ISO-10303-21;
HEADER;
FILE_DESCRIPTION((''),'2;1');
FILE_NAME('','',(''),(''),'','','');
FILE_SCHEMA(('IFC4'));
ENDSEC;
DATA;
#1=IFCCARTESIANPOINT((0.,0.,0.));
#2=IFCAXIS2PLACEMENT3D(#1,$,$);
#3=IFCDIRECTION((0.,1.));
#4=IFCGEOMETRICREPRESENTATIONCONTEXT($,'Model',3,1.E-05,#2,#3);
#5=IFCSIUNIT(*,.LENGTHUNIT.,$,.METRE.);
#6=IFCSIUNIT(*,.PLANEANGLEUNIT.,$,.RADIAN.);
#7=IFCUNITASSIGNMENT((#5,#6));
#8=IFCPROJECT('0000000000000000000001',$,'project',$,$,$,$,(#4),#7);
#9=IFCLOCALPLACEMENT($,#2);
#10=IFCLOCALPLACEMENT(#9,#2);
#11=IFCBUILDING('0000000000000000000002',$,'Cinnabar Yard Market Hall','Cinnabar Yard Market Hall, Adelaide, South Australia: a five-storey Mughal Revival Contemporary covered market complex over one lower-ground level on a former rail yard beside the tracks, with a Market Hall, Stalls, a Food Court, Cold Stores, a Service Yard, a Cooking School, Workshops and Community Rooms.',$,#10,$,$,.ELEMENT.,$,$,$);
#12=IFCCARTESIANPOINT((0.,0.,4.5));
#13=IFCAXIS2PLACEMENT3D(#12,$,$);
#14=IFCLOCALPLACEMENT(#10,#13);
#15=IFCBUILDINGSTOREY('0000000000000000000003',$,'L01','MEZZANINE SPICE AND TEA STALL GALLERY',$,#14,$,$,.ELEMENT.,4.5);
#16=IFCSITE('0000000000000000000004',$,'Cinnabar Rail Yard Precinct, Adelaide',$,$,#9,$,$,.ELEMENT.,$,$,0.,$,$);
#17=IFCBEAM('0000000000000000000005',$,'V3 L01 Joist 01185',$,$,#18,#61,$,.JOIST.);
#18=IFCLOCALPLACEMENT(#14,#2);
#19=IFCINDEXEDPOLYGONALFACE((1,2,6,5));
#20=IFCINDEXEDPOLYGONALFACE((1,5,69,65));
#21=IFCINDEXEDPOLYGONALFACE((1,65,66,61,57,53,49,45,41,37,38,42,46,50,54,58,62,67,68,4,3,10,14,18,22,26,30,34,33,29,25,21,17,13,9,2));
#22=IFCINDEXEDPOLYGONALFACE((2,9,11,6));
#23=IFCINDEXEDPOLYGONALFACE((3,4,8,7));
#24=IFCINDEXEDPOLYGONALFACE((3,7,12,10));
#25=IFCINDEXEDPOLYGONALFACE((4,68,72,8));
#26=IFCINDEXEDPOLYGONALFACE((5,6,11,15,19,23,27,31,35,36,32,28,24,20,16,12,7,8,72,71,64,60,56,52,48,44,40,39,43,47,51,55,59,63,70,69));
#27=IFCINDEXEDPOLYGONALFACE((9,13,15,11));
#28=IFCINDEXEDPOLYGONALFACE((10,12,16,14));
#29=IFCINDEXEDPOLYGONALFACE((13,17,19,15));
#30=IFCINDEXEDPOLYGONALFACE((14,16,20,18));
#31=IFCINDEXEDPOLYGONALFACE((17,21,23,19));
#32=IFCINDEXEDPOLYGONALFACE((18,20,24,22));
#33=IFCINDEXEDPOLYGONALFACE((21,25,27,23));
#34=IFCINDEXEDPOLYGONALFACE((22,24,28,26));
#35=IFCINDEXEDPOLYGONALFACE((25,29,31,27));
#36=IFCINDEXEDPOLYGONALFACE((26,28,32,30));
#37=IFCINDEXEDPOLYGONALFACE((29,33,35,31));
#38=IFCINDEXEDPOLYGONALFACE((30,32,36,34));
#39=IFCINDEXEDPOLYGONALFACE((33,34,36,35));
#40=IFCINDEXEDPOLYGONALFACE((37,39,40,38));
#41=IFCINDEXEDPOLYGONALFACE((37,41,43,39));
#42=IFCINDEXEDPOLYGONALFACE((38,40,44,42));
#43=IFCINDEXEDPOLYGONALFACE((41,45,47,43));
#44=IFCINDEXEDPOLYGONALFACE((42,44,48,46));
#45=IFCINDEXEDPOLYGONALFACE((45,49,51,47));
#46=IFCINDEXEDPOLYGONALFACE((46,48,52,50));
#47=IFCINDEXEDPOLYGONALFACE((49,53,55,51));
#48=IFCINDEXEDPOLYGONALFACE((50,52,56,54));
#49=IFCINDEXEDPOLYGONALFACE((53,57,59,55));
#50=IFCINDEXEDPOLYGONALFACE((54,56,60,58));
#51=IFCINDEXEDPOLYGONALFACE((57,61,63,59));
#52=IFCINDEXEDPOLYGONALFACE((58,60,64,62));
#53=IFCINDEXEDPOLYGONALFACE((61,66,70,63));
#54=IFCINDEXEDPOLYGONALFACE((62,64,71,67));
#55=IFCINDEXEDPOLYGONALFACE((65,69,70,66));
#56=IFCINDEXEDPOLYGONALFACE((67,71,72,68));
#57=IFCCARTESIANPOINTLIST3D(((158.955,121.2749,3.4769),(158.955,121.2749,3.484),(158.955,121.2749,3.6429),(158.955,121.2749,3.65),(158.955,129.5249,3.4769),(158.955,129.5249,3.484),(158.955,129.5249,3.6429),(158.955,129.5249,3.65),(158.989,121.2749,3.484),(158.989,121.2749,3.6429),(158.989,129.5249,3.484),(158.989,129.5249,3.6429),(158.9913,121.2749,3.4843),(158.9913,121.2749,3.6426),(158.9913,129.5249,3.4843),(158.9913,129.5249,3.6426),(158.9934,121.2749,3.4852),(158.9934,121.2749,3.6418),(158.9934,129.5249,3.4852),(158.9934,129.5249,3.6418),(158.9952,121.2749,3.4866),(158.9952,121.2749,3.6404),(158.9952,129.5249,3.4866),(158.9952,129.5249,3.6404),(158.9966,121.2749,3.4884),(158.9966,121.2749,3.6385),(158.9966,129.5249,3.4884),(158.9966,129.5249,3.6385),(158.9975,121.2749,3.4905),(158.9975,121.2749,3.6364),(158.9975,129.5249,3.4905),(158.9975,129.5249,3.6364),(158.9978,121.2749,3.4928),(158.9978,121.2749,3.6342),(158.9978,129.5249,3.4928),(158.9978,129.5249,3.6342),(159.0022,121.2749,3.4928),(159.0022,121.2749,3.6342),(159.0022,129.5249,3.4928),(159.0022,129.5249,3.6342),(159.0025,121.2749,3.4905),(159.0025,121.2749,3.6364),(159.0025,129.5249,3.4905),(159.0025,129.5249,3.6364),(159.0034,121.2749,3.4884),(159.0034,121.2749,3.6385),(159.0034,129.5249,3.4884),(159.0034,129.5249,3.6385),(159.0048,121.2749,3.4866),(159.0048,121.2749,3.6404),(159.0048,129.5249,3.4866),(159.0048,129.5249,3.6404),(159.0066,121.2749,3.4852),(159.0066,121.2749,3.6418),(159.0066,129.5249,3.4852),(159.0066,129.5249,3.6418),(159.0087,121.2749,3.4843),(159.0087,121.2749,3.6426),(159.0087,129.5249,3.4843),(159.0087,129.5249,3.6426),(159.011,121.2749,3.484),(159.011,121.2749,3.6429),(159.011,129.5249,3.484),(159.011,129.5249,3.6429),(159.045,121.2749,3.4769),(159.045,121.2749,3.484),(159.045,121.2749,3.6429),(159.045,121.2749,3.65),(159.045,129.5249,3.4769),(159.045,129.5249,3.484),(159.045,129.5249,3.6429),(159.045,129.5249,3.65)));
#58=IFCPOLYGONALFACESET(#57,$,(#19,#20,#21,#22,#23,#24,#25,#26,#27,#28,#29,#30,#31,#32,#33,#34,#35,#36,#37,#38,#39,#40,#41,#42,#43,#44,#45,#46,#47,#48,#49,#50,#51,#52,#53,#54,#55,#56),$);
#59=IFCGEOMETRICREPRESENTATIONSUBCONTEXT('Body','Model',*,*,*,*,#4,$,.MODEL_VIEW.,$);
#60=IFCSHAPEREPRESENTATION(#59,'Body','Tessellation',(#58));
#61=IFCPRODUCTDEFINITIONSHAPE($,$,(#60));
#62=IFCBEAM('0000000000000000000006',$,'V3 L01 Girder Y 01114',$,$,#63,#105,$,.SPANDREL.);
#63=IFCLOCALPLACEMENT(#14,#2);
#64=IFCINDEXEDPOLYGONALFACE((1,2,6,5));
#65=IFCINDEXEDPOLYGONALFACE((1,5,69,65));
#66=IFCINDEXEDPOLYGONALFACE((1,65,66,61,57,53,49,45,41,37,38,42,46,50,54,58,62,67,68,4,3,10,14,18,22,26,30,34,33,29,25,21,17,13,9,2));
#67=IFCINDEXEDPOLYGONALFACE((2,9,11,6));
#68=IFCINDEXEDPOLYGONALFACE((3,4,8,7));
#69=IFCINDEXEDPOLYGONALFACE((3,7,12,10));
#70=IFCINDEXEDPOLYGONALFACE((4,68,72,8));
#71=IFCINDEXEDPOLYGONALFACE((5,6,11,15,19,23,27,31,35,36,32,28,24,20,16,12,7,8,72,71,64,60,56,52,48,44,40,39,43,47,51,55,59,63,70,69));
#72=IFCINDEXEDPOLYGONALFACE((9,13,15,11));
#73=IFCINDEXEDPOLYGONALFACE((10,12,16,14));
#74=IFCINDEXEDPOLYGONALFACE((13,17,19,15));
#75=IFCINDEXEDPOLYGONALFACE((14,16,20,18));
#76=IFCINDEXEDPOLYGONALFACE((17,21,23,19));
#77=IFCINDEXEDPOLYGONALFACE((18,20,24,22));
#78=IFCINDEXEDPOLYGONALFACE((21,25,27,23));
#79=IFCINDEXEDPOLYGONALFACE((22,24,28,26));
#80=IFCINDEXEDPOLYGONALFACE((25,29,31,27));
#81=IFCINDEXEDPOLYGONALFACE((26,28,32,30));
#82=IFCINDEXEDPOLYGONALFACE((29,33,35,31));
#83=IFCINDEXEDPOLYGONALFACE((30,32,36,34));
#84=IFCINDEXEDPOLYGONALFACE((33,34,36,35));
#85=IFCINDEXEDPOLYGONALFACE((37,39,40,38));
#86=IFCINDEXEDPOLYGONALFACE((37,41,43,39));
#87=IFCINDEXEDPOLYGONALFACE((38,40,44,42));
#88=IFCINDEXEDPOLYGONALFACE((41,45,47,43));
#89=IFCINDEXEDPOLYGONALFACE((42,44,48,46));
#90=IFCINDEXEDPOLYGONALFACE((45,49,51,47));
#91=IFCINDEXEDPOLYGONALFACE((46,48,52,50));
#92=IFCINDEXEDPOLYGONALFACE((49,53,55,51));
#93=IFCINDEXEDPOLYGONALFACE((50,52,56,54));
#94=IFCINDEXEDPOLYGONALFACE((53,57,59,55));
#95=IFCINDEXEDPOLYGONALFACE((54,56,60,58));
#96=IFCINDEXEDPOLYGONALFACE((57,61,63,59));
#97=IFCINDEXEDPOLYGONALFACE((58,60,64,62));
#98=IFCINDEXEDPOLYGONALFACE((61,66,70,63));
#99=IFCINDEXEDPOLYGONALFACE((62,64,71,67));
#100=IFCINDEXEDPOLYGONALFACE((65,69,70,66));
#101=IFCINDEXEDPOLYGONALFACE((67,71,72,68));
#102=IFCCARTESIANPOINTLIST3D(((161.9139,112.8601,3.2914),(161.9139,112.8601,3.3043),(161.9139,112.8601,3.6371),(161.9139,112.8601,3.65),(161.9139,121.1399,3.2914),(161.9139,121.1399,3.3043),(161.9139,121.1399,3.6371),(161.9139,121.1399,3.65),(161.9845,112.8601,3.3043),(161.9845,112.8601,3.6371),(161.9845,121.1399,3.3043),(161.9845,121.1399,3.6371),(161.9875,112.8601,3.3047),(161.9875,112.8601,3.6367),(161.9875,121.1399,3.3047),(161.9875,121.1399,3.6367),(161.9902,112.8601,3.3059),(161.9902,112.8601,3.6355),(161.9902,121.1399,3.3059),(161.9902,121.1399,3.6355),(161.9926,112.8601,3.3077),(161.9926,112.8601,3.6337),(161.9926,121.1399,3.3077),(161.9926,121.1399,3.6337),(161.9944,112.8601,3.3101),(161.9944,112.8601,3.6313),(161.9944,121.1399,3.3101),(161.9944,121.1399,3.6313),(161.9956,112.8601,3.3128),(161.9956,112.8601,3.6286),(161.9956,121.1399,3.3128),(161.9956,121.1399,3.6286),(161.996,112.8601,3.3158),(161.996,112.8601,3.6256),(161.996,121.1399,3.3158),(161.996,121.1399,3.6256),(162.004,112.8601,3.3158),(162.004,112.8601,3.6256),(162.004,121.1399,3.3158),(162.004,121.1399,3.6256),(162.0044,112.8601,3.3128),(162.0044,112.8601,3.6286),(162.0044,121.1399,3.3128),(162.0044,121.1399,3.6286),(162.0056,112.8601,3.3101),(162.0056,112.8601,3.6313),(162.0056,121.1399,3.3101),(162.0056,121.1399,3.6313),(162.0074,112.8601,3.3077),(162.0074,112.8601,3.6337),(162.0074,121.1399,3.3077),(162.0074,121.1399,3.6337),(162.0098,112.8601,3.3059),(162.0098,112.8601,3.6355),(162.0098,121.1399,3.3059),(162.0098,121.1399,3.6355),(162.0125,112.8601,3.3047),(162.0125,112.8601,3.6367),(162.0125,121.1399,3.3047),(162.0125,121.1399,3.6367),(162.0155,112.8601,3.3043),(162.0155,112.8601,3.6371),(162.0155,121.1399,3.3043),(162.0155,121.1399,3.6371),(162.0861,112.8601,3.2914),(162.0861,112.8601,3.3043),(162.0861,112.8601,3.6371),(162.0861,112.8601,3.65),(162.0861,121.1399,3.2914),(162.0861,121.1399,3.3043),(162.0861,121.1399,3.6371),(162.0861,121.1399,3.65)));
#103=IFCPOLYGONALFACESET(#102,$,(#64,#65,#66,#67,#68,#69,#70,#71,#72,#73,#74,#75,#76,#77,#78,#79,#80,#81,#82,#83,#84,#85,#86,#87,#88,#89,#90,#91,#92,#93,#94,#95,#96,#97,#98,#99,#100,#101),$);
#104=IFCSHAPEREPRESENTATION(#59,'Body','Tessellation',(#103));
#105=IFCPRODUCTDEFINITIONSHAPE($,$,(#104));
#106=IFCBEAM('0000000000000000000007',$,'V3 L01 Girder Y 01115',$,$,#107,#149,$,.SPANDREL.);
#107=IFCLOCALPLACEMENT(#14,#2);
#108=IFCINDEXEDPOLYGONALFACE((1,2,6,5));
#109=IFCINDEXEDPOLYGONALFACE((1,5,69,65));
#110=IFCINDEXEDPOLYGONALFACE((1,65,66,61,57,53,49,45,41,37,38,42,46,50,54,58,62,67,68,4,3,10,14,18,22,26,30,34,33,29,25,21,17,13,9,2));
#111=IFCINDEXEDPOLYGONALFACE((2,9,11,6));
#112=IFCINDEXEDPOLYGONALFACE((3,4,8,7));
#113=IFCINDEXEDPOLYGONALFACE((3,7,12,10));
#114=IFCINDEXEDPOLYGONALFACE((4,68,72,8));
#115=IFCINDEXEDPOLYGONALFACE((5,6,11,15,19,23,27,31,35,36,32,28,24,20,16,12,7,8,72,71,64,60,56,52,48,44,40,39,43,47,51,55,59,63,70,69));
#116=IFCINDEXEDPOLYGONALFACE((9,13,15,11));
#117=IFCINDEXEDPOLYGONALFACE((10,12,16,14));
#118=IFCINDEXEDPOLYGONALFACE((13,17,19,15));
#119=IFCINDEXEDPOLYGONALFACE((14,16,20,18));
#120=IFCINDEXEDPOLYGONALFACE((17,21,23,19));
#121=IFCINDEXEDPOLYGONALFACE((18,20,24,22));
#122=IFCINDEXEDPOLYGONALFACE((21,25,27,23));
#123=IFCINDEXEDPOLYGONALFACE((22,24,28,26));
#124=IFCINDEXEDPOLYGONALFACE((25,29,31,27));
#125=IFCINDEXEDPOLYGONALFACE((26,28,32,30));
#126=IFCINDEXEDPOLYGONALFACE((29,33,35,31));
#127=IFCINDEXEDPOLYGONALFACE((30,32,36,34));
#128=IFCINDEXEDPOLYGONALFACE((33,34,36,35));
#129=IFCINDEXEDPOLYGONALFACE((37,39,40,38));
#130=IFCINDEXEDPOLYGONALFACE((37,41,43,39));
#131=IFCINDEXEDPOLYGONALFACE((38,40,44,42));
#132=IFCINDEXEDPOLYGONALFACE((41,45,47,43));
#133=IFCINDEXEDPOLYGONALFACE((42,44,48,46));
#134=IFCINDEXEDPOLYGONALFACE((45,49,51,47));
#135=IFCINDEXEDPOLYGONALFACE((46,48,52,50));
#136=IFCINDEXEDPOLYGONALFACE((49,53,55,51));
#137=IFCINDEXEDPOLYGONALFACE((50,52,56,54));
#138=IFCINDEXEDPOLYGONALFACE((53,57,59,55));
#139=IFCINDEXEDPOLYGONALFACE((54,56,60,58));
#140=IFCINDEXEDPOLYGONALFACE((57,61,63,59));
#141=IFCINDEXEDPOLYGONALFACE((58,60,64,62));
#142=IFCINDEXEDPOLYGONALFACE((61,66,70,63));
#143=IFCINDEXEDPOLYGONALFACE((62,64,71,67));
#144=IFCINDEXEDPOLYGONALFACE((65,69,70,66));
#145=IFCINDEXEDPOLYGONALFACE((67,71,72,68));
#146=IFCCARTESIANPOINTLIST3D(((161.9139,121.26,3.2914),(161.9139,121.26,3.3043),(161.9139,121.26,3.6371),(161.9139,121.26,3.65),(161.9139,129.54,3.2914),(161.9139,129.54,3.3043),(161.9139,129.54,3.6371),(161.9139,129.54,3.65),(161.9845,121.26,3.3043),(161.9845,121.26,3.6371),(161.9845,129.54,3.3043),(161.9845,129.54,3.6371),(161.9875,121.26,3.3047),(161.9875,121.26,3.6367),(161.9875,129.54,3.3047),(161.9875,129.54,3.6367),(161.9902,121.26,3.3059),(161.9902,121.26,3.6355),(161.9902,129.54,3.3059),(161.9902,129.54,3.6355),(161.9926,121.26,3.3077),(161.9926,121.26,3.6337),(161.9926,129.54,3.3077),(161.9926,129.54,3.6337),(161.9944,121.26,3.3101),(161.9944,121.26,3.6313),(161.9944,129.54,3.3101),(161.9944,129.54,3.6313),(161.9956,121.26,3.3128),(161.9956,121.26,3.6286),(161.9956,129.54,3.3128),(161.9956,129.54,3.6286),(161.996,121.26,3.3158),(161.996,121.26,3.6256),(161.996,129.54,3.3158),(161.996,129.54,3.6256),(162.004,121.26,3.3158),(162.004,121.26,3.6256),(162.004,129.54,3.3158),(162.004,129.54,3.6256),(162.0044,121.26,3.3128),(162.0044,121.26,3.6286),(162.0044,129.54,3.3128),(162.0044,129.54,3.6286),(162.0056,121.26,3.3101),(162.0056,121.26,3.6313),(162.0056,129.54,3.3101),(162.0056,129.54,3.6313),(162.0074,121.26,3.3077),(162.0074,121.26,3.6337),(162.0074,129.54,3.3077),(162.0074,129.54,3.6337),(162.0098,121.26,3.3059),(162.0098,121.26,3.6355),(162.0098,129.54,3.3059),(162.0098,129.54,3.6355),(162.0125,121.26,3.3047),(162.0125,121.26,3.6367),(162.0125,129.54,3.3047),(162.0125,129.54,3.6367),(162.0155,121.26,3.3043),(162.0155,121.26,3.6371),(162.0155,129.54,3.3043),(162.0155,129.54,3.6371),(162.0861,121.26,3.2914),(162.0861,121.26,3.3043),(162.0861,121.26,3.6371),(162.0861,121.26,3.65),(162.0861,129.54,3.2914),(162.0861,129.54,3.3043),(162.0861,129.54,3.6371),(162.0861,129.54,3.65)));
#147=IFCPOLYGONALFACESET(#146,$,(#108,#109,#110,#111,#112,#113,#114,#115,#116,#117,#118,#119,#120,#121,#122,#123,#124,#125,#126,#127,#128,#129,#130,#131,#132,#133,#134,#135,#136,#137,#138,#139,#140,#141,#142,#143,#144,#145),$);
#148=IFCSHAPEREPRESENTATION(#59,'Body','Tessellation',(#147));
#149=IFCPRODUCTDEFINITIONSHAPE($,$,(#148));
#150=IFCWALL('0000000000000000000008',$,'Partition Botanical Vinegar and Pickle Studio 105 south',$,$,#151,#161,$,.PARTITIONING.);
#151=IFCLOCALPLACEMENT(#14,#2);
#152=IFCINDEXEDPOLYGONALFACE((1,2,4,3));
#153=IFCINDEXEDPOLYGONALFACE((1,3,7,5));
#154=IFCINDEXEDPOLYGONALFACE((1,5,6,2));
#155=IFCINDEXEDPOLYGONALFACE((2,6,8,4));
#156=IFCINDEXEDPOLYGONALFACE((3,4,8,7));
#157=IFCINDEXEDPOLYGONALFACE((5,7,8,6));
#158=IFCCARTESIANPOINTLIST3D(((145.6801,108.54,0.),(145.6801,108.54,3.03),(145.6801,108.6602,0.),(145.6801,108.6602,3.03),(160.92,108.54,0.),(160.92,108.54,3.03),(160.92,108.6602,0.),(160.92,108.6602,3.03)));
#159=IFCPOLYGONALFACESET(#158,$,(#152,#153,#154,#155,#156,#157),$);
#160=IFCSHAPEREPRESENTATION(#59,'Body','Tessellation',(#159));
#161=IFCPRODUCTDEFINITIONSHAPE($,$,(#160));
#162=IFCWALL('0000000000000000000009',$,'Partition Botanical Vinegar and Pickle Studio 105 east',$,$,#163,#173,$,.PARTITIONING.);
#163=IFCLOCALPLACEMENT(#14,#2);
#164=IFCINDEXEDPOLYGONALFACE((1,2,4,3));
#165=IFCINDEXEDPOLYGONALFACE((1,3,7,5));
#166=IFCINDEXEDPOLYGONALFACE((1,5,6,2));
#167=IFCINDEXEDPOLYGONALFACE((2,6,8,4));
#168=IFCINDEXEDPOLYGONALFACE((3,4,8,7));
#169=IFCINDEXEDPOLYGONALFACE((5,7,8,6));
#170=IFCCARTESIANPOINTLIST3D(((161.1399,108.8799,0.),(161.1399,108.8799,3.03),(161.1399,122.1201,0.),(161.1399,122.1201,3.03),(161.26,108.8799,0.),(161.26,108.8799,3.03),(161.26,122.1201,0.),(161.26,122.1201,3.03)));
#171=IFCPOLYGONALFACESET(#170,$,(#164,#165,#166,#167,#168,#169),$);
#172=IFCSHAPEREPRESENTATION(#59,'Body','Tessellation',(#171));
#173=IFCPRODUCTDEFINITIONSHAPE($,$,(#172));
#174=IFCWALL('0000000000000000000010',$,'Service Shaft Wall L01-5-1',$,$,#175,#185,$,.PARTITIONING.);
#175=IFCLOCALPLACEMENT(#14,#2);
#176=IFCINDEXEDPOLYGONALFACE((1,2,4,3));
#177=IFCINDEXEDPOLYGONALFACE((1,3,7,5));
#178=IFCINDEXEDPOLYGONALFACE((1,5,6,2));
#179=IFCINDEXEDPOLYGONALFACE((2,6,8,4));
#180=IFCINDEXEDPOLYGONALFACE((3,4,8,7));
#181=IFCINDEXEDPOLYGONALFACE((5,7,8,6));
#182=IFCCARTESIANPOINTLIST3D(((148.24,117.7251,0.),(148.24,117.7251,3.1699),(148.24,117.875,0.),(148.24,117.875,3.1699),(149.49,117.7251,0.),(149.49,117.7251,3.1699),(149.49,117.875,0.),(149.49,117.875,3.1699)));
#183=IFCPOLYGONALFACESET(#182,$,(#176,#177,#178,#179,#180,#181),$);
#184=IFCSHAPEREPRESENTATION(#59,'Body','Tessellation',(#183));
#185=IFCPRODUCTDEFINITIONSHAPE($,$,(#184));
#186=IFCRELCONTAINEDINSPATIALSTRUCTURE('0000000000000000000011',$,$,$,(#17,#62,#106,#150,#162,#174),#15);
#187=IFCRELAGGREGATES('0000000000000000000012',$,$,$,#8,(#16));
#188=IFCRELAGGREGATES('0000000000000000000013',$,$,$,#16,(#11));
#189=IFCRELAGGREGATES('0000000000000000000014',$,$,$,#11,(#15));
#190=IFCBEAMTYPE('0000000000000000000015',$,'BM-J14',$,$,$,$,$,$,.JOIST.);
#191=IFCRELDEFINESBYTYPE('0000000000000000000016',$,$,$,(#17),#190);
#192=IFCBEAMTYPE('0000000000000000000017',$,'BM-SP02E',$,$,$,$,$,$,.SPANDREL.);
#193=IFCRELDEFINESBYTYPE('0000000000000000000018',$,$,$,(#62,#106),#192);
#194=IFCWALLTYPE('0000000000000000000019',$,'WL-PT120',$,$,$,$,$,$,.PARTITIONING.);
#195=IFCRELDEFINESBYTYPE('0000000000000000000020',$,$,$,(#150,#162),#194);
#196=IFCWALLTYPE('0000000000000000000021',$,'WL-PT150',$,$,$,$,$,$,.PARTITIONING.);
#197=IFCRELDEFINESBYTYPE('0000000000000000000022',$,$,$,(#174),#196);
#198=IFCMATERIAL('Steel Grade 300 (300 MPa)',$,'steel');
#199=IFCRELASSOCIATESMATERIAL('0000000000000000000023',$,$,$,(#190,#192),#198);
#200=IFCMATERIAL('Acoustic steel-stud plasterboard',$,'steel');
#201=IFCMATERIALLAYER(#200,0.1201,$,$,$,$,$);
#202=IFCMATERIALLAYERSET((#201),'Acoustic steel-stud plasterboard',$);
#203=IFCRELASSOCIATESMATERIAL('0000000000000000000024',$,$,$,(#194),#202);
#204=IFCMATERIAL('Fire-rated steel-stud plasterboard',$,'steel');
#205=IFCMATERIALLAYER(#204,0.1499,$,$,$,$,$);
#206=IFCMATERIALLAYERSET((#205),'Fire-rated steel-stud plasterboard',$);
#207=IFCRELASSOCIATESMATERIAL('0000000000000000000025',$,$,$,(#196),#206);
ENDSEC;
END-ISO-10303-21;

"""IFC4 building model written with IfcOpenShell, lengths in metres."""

from ifc_helpers import new_model, si_unit, direction, frame, frame_2d, origin, origin_2d_with_axis, place, context, subcontext, project, spatial, rectangle, i_section, extrude, material, layer, layer_set, material_profile, profile_set, type_object, element, save


model = new_model("IFC4")

# Units and contexts
model_context = context("Model", 3, precision=1e-05, world=origin(), true_north=direction((0.0, 1.0)))
body_context = subcontext(model_context, "Body", "Model", "MODEL_VIEW")
ifc_project = project(units=[si_unit("LENGTHUNIT", "METRE"), si_unit("PLANEANGLEUNIT", "RADIAN")], contexts=[model_context])

# Site, building, storey
site_placement = place(None, origin())
site = spatial("IfcSite", under=ifc_project, at=site_placement, Name="Cinnabar Rail Yard Precinct, Adelaide", CompositionType="ELEMENT", RefElevation=0.0)
building_placement = place(site_placement, origin())
building = spatial("IfcBuilding", under=site, at=building_placement, Name="Cinnabar Yard Market Hall", Description="Cinnabar Yard Market Hall, Adelaide, South Australia: a five-storey Mughal Revival Contemporary covered market complex over one lower-ground level on a former rail yard beside the tracks, with a Market Hall, Stalls, a Food Court, Cold Stores, a Service Yard, a Cooking School, Workshops and Community Rooms.", CompositionType="ELEMENT")
storey_placement = place(building_placement, frame((0.0, 0.0, 4.5)))
storey = spatial("IfcBuildingStorey", under=building, at=storey_placement, Name="L01", Description="MEZZANINE SPICE AND TEA STALL GALLERY", CompositionType="ELEMENT", Elevation=4.5)

# Shared definitions
ifc_material_1 = material(Name="Steel Grade 300 (300 MPa)", Category="steel")

# Beams
ifc_material_profile_1 = material_profile(ifc_material_1, i_section(OverallWidth=0.0901, OverallDepth=0.1731, WebThickness=0.0044, FlangeThickness=0.0071, FilletRadius=0.0088, at=origin_2d_with_axis()), Name="180UB16.1")
ifc_profile_set_1 = profile_set([ifc_material_profile_1], Name="Steel Grade 300 (300 MPa)")
beam_type_1 = type_object("IfcBeamType", Name="BM-J14", PredefinedType="JOIST", material=ifc_profile_set_1)
beam_1_placement = place(storey_placement, frame((159.0, 121.2749, 3.5635), z_axis=(0.0, 1.0, 0.0), x_axis=(-1.0, 0.0, 0.0)))
element("IfcBeam", 1, at=beam_1_placement, inside=storey, type_object=beam_type_1, Name="V3 L01 Joist 01185", PredefinedType="JOIST", context=body_context, shape_type="SweptSolid", body=[
    extrude(i_section(OverallWidth=0.0901, OverallDepth=0.1731, WebThickness=0.0044, FlangeThickness=0.0071, FilletRadius=0.0088, at=origin_2d_with_axis()), origin(), (0.0, 0.0, 1.0), 8.25),
])
ifc_material_profile_2 = material_profile(ifc_material_1, i_section(OverallWidth=0.1721, OverallDepth=0.3586, WebThickness=0.0081, FlangeThickness=0.0129, FilletRadius=0.0115, at=origin_2d_with_axis()), Name="360UB56.7")
ifc_profile_set_2 = profile_set([ifc_material_profile_2], Name="Steel Grade 300 (300 MPa)")
beam_type_2 = type_object("IfcBeamType", Name="BM-SP02E", PredefinedType="SPANDREL", material=ifc_profile_set_2)
beam_2_placement = place(storey_placement, frame((162.0, 112.8601, 3.4707), z_axis=(0.0, 1.0, 0.0), x_axis=(-1.0, 0.0, 0.0)))
element("IfcBeam", 2, at=beam_2_placement, inside=storey, type_object=beam_type_2, Name="V3 L01 Girder Y 01114", PredefinedType="SPANDREL", context=body_context, shape_type="SweptSolid", body=[
    extrude(i_section(OverallWidth=0.1721, OverallDepth=0.3586, WebThickness=0.0081, FlangeThickness=0.0129, FilletRadius=0.0115, at=origin_2d_with_axis()), origin(), (0.0, 0.0, 1.0), 8.2798),
])
beam_3_placement = place(storey_placement, frame((162.0, 121.26, 3.4707), z_axis=(0.0, 1.0, 0.0), x_axis=(-1.0, 0.0, 0.0)))
element("IfcBeam", 3, at=beam_3_placement, inside=storey, type_object=beam_type_2, Name="V3 L01 Girder Y 01115", PredefinedType="SPANDREL", context=body_context, shape_type="SweptSolid", body=[
    extrude(i_section(OverallWidth=0.1721, OverallDepth=0.3586, WebThickness=0.0081, FlangeThickness=0.0129, FilletRadius=0.0115, at=origin_2d_with_axis()), origin(), (0.0, 0.0, 1.0), 8.28),
])

# Walls
ifc_material_2 = material(Name="Acoustic steel-stud plasterboard", Category="steel")
ifc_layer_1 = layer(ifc_material_2, 0.1201)
ifc_layer_set_1 = layer_set([ifc_layer_1], Name="Acoustic steel-stud plasterboard")
wall_type_1 = type_object("IfcWallType", Name="WL-PT120", PredefinedType="PARTITIONING", material=ifc_layer_set_1)
wall_1_placement = place(storey_placement, frame((145.6799, 108.6001, 0.0), z_axis=(0.0, 0.0, 1.0), x_axis=(1.0, 0.0, 0.0)))
element("IfcWall", 4, at=wall_1_placement, inside=storey, type_object=wall_type_1, Name="Partition Botanical Vinegar and Pickle Studio 105 south", PredefinedType="PARTITIONING", context=body_context, shape_type="SweptSolid", body=[
    extrude(rectangle(XDim=15.24, YDim=0.1201, at=frame_2d((7.6201, 0.0), x_axis=(1.0, 0.0))), origin(), (0.0, 0.0, 1.0), 3.03),
])
wall_2_placement = place(storey_placement, frame((161.2, 108.8799, 0.0), z_axis=(0.0, 0.0, 1.0), x_axis=(0.0, 1.0, 0.0)))
element("IfcWall", 5, at=wall_2_placement, inside=storey, type_object=wall_type_1, Name="Partition Botanical Vinegar and Pickle Studio 105 east", PredefinedType="PARTITIONING", context=body_context, shape_type="SweptSolid", body=[
    extrude(rectangle(XDim=13.2402, YDim=0.1201, at=frame_2d((6.6201, 0.0), x_axis=(1.0, 0.0))), origin(), (0.0, 0.0, 1.0), 3.03),
])
ifc_material_3 = material(Name="Fire-rated steel-stud plasterboard", Category="steel")
ifc_layer_2 = layer(ifc_material_3, 0.1499)
ifc_layer_set_2 = layer_set([ifc_layer_2], Name="Fire-rated steel-stud plasterboard")
wall_type_2 = type_object("IfcWallType", Name="WL-PT150", PredefinedType="PARTITIONING", material=ifc_layer_set_2)
for number, where, z_axis, x_axis, name in (
    (6, (148.24, 117.8, 0.0), (0.0, 0.0, 1.0), (1.0, 0.0, 0.0), "Service Shaft Wall L01-5-1"),
):
    element("IfcWall", number, at=place(storey_placement, frame(where, z_axis=z_axis, x_axis=x_axis)), inside=storey, type_object=wall_type_2, Name=name, PredefinedType="PARTITIONING", context=body_context, shape_type="SweptSolid", body=[
        extrude(rectangle(XDim=1.25, YDim=0.1499, at=frame_2d((0.625, 0.0), x_axis=(1.0, 0.0))), origin(), (0.0, 0.0, 1.0), 3.1699),
    ])

save(model, "model.ifc")
